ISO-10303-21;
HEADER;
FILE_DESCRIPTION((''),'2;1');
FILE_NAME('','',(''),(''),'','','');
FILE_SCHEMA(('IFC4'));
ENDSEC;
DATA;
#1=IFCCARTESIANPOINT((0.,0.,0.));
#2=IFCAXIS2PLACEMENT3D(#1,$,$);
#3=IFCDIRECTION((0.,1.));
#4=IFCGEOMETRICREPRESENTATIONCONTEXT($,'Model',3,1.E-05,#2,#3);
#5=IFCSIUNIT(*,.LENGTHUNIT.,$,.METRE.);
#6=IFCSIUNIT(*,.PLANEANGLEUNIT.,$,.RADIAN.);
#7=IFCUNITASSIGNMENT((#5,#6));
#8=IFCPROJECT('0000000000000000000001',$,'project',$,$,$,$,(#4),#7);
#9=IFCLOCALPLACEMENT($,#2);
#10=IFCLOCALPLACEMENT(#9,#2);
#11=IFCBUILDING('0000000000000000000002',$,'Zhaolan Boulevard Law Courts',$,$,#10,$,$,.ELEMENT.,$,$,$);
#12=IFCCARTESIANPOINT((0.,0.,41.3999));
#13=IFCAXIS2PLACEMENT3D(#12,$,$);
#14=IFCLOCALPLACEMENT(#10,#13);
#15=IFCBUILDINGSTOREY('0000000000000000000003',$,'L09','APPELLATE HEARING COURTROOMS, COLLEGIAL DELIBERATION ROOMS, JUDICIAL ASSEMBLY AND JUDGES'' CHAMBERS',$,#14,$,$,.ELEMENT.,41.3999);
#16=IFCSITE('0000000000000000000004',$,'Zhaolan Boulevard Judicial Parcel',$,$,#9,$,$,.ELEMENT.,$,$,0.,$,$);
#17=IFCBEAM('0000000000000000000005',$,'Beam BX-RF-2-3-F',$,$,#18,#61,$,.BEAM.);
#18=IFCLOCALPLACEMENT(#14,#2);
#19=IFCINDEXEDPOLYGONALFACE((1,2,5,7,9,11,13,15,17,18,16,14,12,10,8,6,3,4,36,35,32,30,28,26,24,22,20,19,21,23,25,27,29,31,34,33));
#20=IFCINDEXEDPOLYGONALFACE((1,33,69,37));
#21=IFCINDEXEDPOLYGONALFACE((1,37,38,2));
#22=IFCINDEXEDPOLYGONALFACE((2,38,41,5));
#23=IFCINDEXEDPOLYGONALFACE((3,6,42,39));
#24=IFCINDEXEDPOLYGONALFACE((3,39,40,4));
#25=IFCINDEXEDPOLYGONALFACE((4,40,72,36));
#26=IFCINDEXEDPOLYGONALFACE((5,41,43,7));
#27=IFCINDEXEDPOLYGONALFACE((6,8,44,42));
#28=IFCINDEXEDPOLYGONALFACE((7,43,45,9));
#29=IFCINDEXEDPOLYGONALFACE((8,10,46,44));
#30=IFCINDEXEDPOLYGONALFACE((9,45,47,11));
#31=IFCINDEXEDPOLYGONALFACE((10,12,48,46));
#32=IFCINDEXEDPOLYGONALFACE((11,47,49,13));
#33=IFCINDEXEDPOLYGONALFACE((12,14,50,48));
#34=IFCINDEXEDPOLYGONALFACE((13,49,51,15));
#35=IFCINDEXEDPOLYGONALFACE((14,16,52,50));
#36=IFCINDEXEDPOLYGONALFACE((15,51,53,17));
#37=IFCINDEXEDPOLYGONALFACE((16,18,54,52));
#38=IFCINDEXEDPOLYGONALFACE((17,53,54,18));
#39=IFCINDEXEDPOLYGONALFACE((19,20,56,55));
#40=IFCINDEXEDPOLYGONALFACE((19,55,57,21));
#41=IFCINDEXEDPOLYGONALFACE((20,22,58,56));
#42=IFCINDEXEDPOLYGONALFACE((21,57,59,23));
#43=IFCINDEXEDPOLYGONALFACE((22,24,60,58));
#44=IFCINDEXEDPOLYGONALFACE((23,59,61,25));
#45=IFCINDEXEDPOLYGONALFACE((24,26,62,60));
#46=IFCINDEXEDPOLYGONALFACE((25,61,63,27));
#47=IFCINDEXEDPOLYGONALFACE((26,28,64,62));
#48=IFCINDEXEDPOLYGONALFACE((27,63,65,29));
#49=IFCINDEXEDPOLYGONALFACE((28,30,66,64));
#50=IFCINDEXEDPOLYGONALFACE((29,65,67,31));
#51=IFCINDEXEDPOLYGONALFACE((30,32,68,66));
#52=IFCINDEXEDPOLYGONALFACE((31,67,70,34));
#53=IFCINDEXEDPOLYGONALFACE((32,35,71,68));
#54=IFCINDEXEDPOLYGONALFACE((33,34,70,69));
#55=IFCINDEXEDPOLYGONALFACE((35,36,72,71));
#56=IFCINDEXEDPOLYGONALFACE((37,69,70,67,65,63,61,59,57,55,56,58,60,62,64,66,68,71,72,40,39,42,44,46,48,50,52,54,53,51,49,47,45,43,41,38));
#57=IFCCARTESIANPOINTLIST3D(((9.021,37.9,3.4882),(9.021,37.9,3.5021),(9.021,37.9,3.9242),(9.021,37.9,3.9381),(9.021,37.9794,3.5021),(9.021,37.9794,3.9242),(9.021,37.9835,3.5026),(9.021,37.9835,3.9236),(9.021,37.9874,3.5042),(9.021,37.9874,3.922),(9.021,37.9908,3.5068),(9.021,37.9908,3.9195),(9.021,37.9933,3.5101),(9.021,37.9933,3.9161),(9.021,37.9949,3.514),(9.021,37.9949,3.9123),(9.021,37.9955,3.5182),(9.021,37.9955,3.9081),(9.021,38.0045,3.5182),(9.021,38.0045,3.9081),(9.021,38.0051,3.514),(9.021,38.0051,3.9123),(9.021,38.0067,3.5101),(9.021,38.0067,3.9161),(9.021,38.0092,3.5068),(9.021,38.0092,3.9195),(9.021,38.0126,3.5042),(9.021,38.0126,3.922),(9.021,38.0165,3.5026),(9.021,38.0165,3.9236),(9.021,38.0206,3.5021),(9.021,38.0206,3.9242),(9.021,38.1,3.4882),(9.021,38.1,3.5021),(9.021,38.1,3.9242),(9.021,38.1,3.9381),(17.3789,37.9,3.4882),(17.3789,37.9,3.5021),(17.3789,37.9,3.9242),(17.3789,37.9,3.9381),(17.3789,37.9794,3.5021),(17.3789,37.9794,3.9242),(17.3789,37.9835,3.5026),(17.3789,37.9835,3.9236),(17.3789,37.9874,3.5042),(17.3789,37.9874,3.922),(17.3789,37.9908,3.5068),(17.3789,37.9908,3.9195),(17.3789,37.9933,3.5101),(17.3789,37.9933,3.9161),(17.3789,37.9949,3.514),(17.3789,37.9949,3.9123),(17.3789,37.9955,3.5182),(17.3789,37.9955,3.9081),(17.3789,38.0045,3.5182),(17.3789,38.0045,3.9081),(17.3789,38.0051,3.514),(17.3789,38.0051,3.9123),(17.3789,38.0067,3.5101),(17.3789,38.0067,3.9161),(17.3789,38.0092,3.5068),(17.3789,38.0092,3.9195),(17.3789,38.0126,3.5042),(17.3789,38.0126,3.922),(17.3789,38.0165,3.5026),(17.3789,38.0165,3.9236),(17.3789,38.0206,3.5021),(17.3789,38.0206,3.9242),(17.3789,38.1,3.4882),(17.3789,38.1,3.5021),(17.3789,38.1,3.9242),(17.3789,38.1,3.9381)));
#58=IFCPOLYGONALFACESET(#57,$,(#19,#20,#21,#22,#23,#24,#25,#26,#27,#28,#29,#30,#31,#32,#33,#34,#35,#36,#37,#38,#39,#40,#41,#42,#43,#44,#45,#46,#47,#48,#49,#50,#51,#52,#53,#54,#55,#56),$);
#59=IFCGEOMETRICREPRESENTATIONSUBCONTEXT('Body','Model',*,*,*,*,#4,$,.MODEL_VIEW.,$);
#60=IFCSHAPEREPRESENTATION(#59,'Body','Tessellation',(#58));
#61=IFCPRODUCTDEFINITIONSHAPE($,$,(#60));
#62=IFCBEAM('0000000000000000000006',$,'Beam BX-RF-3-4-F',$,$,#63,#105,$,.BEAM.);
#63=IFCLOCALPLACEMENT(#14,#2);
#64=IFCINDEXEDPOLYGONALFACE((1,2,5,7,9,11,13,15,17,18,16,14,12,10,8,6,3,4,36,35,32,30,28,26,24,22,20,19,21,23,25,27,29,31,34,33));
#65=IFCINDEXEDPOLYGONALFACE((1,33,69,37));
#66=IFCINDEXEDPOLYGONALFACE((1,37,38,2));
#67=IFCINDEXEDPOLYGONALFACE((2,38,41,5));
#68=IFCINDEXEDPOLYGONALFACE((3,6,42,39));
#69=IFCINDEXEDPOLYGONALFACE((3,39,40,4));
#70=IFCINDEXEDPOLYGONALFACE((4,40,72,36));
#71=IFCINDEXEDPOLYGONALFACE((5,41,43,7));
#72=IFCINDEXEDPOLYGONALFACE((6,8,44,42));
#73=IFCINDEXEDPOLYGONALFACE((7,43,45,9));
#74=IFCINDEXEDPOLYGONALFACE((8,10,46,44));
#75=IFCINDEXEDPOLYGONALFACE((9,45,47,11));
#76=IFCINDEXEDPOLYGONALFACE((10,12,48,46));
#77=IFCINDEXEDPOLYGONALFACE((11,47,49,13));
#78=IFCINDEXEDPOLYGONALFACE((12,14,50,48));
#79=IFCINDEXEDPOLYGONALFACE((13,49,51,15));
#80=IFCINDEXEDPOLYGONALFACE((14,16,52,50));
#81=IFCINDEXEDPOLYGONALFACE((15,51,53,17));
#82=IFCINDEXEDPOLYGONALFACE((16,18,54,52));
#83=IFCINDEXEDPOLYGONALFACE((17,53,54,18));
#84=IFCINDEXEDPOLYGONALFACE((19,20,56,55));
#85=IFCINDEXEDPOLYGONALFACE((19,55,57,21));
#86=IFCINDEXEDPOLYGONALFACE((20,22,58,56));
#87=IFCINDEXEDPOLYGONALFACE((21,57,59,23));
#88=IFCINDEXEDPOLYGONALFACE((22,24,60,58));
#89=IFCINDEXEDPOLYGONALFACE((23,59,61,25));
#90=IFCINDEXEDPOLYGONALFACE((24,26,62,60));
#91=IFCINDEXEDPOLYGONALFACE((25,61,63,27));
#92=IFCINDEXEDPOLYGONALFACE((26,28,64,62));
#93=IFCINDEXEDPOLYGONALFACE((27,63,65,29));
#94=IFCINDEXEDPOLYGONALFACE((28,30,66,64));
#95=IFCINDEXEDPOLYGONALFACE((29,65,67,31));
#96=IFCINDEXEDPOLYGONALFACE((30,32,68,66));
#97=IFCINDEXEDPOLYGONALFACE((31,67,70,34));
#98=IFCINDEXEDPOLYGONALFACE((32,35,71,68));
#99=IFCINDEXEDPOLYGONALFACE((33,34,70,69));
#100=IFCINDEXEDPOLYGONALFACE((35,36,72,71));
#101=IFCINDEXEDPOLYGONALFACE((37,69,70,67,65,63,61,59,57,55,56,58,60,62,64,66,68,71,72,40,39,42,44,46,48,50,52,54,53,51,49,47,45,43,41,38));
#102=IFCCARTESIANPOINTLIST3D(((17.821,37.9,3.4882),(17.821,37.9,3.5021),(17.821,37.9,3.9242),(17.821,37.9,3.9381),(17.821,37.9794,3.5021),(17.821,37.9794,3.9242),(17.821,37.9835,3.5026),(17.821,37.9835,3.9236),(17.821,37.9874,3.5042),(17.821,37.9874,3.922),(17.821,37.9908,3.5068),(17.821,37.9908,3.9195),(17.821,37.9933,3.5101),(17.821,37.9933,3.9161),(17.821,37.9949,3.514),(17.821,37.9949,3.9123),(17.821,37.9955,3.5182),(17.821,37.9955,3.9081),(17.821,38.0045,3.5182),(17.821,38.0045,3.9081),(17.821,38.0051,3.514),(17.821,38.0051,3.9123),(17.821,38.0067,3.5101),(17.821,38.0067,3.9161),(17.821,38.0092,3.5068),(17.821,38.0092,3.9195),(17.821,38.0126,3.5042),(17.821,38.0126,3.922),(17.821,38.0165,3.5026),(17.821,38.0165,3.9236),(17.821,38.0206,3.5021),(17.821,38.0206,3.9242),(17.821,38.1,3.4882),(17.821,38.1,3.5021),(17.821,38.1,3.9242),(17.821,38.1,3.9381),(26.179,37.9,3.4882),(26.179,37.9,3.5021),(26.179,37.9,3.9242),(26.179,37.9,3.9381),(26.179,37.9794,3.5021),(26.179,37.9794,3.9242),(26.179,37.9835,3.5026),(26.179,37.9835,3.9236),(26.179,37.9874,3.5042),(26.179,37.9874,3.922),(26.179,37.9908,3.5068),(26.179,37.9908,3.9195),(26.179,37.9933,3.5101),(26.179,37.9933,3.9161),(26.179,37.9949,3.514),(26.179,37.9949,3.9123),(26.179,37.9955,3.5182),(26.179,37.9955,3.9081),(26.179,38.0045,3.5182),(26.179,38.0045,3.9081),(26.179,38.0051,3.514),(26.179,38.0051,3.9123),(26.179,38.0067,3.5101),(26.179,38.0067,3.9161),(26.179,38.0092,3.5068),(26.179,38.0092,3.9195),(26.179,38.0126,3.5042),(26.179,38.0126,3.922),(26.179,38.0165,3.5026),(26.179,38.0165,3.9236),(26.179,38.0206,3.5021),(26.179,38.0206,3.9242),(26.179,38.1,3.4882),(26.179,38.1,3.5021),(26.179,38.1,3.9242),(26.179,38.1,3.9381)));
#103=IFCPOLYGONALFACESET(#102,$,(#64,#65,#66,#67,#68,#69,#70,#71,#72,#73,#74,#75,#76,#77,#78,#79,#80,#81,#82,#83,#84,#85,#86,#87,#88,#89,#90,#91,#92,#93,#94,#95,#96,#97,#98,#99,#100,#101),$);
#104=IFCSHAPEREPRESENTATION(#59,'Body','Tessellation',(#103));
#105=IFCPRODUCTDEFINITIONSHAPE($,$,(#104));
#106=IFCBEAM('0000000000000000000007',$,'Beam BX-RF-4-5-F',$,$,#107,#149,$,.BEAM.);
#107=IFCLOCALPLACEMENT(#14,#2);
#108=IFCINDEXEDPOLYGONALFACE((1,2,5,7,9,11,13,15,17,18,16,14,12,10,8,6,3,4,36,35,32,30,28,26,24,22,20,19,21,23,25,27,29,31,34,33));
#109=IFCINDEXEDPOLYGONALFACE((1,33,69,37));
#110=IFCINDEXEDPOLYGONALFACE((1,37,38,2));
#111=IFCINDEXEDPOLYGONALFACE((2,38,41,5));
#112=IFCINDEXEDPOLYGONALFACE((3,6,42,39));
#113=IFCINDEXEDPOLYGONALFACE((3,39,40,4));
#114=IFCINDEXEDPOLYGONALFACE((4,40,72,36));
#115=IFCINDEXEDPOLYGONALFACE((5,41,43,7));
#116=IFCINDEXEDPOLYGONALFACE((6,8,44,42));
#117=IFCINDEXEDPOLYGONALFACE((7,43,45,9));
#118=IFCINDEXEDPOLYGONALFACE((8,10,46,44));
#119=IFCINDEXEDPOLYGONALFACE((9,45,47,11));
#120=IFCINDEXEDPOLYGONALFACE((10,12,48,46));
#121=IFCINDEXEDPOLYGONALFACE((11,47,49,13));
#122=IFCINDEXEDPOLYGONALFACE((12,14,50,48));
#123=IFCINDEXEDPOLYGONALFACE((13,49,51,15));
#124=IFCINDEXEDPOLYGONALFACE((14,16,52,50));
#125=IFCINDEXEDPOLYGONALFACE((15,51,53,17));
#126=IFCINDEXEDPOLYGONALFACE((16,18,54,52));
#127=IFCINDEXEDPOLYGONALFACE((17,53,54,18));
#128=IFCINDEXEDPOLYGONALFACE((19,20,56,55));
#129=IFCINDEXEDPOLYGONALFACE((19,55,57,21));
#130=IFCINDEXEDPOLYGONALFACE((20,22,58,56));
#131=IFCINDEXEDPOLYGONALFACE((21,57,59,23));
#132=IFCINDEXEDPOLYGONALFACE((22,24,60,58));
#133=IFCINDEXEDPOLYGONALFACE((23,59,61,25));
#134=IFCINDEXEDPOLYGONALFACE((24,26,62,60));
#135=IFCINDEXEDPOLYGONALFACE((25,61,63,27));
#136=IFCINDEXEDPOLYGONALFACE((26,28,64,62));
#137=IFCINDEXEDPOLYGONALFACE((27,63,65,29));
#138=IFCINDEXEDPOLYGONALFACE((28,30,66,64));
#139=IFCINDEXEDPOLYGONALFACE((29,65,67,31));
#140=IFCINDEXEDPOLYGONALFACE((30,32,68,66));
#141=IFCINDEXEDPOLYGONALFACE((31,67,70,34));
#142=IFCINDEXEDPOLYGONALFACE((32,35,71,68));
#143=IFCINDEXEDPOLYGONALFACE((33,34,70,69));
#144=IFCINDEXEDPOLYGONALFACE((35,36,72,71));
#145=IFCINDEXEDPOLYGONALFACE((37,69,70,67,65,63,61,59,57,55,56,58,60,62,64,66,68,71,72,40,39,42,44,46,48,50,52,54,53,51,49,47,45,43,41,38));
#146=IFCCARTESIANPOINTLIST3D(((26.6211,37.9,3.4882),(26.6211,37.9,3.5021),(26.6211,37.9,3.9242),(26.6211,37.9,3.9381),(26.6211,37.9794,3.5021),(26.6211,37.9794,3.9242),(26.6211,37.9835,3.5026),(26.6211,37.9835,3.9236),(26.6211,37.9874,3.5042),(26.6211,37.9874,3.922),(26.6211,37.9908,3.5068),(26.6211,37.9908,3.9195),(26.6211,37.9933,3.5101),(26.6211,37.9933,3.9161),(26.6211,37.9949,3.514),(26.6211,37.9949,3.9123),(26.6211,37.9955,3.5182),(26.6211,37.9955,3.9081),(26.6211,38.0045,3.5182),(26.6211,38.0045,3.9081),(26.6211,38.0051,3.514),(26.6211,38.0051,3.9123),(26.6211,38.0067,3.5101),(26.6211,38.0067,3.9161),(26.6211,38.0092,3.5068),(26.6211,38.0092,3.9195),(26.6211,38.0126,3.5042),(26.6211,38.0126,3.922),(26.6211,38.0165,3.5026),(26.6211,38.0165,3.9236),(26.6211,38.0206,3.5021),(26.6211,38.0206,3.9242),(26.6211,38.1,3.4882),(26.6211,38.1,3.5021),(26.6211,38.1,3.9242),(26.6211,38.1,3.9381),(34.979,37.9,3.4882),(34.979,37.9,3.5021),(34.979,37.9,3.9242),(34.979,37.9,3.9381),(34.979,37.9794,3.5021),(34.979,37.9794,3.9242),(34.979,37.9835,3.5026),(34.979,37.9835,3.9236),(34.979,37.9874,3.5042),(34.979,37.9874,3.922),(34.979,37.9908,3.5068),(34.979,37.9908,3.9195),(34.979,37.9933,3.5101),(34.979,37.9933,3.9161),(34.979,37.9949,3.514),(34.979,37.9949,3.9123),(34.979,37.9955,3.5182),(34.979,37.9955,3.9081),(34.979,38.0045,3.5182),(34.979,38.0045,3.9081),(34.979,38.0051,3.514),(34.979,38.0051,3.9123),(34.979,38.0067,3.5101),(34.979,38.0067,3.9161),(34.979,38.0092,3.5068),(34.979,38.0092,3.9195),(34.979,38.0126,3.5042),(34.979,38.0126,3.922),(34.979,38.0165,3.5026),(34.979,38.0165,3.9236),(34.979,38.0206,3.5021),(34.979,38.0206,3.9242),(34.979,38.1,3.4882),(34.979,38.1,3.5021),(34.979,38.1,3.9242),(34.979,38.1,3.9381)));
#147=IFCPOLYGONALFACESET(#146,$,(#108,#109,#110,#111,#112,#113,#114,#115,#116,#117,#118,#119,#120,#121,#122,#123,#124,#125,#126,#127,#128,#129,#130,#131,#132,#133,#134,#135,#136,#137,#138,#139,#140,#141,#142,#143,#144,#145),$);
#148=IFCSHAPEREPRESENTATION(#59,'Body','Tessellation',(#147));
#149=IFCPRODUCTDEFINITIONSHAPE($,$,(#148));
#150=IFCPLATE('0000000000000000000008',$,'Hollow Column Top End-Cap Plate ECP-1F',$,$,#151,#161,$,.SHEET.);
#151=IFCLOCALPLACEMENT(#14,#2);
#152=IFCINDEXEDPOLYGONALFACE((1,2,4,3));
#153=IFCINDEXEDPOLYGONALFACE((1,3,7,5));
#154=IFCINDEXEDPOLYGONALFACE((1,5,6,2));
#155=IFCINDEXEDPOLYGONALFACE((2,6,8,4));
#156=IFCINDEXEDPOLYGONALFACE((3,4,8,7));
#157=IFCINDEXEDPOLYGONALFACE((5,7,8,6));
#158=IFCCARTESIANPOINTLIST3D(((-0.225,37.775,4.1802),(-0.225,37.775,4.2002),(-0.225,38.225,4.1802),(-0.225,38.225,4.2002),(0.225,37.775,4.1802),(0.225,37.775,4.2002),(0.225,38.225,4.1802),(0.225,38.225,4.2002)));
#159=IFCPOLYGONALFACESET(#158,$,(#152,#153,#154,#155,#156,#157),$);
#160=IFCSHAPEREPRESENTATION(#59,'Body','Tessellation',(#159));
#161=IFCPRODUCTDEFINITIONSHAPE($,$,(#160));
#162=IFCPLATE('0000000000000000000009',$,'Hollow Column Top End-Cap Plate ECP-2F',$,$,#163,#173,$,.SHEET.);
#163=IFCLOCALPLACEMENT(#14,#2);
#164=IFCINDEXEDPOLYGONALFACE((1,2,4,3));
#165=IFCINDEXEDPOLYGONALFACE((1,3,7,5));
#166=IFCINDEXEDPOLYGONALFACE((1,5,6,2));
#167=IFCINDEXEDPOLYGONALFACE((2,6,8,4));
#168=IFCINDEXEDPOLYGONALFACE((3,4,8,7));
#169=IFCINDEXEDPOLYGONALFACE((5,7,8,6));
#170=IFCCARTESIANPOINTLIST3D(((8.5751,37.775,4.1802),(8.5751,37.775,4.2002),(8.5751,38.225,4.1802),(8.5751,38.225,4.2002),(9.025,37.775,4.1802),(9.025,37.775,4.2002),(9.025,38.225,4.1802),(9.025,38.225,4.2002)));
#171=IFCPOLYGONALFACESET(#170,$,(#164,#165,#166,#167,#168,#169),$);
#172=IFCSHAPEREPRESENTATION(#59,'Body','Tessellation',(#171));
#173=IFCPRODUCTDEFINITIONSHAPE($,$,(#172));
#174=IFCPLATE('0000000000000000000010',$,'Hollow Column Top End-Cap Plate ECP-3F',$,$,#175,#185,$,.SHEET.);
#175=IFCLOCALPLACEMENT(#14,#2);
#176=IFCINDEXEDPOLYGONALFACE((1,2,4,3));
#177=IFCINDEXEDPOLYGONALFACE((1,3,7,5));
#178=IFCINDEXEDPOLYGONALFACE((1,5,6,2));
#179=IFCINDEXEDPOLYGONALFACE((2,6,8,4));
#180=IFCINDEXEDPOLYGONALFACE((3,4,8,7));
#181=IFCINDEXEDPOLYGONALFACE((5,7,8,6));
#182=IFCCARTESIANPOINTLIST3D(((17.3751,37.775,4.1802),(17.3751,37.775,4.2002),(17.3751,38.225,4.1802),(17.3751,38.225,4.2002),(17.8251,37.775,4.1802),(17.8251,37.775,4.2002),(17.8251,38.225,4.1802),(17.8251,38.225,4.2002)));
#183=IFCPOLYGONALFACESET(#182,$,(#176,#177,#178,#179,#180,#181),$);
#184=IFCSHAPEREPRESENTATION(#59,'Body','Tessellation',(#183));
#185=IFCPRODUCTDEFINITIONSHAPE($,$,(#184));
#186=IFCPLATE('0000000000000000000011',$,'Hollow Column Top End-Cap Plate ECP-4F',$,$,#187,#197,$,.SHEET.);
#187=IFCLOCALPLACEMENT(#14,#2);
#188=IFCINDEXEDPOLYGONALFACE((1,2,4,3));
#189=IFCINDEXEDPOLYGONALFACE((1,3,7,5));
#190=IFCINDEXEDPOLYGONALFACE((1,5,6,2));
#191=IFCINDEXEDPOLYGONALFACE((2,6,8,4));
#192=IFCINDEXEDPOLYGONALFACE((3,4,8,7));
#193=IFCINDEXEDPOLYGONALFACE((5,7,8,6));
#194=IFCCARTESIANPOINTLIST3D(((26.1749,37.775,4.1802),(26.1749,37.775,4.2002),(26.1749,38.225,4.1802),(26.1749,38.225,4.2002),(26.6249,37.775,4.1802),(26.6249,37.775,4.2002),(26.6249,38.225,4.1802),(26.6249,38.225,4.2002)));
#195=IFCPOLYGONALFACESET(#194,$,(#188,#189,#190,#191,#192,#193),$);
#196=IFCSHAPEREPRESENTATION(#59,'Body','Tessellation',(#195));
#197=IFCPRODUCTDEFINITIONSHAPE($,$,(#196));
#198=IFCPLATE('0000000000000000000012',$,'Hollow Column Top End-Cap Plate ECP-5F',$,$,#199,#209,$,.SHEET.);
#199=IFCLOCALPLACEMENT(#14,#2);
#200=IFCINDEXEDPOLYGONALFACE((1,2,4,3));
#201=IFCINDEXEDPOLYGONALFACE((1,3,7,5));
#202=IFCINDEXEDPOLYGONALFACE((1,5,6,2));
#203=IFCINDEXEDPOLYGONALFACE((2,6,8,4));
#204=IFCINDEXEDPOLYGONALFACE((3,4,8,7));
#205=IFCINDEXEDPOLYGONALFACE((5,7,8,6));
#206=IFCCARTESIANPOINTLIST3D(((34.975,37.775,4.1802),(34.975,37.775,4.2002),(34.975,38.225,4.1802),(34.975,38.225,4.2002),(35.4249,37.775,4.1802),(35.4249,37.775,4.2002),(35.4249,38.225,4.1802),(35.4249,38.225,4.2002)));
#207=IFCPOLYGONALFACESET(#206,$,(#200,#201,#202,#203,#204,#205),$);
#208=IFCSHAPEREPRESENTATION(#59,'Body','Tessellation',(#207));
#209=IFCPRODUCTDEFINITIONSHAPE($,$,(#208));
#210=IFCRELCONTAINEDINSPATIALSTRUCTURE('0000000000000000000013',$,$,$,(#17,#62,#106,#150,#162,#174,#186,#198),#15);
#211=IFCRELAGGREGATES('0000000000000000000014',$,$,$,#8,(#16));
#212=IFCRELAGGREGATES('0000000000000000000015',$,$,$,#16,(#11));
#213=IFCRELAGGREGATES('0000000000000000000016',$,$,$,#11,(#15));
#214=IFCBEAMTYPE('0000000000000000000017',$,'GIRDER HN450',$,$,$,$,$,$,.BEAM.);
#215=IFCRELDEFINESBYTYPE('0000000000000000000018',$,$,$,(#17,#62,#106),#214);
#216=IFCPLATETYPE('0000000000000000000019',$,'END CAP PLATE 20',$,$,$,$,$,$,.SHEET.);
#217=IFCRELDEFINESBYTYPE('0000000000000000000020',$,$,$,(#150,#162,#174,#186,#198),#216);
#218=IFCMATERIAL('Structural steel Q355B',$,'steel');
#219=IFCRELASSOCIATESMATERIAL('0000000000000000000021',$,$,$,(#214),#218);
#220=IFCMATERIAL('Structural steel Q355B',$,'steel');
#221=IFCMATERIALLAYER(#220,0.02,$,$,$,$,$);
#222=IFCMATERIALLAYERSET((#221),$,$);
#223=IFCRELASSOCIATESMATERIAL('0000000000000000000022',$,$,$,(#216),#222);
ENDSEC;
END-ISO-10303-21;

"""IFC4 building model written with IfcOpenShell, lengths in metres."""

from ifc_helpers import new_model, si_unit, direction, frame, origin, origin_2d, place, context, subcontext, project, spatial, rectangle, i_section, extrude, material, layer, layer_set, material_profile, profile_set, type_object, element, save


model = new_model("IFC4")

# Units and contexts
model_context = context("Model", 3, precision=1e-05, world=origin(), true_north=direction((0.0, 1.0)))
body_context = subcontext(model_context, "Body", "Model", "MODEL_VIEW")
ifc_project = project(units=[si_unit("LENGTHUNIT", "METRE"), si_unit("PLANEANGLEUNIT", "RADIAN")], contexts=[model_context])

# Site, building, storey
site_placement = place(None, origin())
site = spatial("IfcSite", under=ifc_project, at=site_placement, Name="Zhaolan Boulevard Judicial Parcel", CompositionType="ELEMENT", RefElevation=0.0)
building_placement = place(site_placement, origin())
building = spatial("IfcBuilding", under=site, at=building_placement, Name="Zhaolan Boulevard Law Courts", CompositionType="ELEMENT")
storey_placement = place(building_placement, frame((0.0, 0.0, 41.3999)))
storey = spatial("IfcBuildingStorey", under=building, at=storey_placement, Name="L09", Description="APPELLATE HEARING COURTROOMS, COLLEGIAL DELIBERATION ROOMS, JUDICIAL ASSEMBLY AND JUDGES' CHAMBERS", CompositionType="ELEMENT", Elevation=41.3999)

# Beams
ifc_material_1 = material(Name="Structural steel Q355B", Category="steel")
ifc_material_profile_1 = material_profile(ifc_material_1, i_section(OverallWidth=0.2, OverallDepth=0.45, WebThickness=0.009, FlangeThickness=0.0139, FilletRadius=0.0161, at=origin_2d()), Name="HN450x200")
ifc_profile_set_1 = profile_set([ifc_material_profile_1], Name="Structural steel Q355B")
beam_type = type_object("IfcBeamType", Name="GIRDER HN450", PredefinedType="BEAM", material=ifc_profile_set_1)
for number, where, z_axis, x_axis, name in (
    (1, (9.021, 38.0, 3.7131), (1.0, 0.0, 0.0), (0.0, 1.0, 0.0), "Beam BX-RF-2-3-F"),
    (2, (17.821, 38.0, 3.7131), (1.0, 0.0, 0.0), (0.0, 1.0, 0.0), "Beam BX-RF-3-4-F"),
    (3, (26.6211, 38.0, 3.7131), (1.0, 0.0, 0.0), (0.0, 1.0, 0.0), "Beam BX-RF-4-5-F"),
):
    element("IfcBeam", number, at=place(storey_placement, frame(where, z_axis=z_axis, x_axis=x_axis)), inside=storey, type_object=beam_type, Name=name, PredefinedType="BEAM", context=body_context, shape_type="SweptSolid", body=[
        extrude(i_section(OverallWidth=0.2, OverallDepth=0.45, WebThickness=0.009, FlangeThickness=0.0139, FilletRadius=0.0161, at=origin_2d()), origin(), (0.0, 0.0, 1.0), 8.3579),
    ])

# Plates
ifc_material_2 = material(Name="Structural steel Q355B", Category="steel")
ifc_layer_1 = layer(ifc_material_2, 0.02)
ifc_layer_set_1 = layer_set([ifc_layer_1])
plate_type = type_object("IfcPlateType", Name="END CAP PLATE 20", PredefinedType="SHEET", material=ifc_layer_set_1)
for number, where, z_axis, x_axis, name in (
    (4, (0.0, 38.0, 4.1802), (0.0, 0.0, 1.0), (1.0, 0.0, 0.0), "Hollow Column Top End-Cap Plate ECP-1F"),
    (5, (8.8, 38.0, 4.1802), (0.0, 0.0, 1.0), (1.0, 0.0, 0.0), "Hollow Column Top End-Cap Plate ECP-2F"),
    (6, (17.6001, 38.0, 4.1802), (0.0, 0.0, 1.0), (1.0, 0.0, 0.0), "Hollow Column Top End-Cap Plate ECP-3F"),
    (7, (26.3999, 38.0, 4.1802), (0.0, 0.0, 1.0), (1.0, 0.0, 0.0), "Hollow Column Top End-Cap Plate ECP-4F"),
    (8, (35.2, 38.0, 4.1802), (0.0, 0.0, 1.0), (1.0, 0.0, 0.0), "Hollow Column Top End-Cap Plate ECP-5F"),
):
    element("IfcPlate", number, at=place(storey_placement, frame(where, z_axis=z_axis, x_axis=x_axis)), inside=storey, type_object=plate_type, Name=name, PredefinedType="SHEET", context=body_context, shape_type="SweptSolid", body=[
        extrude(rectangle(XDim=0.45, YDim=0.45, at=origin_2d()), origin(), (0.0, 0.0, 1.0), 0.02),
    ])

save(model, "model.ifc")
